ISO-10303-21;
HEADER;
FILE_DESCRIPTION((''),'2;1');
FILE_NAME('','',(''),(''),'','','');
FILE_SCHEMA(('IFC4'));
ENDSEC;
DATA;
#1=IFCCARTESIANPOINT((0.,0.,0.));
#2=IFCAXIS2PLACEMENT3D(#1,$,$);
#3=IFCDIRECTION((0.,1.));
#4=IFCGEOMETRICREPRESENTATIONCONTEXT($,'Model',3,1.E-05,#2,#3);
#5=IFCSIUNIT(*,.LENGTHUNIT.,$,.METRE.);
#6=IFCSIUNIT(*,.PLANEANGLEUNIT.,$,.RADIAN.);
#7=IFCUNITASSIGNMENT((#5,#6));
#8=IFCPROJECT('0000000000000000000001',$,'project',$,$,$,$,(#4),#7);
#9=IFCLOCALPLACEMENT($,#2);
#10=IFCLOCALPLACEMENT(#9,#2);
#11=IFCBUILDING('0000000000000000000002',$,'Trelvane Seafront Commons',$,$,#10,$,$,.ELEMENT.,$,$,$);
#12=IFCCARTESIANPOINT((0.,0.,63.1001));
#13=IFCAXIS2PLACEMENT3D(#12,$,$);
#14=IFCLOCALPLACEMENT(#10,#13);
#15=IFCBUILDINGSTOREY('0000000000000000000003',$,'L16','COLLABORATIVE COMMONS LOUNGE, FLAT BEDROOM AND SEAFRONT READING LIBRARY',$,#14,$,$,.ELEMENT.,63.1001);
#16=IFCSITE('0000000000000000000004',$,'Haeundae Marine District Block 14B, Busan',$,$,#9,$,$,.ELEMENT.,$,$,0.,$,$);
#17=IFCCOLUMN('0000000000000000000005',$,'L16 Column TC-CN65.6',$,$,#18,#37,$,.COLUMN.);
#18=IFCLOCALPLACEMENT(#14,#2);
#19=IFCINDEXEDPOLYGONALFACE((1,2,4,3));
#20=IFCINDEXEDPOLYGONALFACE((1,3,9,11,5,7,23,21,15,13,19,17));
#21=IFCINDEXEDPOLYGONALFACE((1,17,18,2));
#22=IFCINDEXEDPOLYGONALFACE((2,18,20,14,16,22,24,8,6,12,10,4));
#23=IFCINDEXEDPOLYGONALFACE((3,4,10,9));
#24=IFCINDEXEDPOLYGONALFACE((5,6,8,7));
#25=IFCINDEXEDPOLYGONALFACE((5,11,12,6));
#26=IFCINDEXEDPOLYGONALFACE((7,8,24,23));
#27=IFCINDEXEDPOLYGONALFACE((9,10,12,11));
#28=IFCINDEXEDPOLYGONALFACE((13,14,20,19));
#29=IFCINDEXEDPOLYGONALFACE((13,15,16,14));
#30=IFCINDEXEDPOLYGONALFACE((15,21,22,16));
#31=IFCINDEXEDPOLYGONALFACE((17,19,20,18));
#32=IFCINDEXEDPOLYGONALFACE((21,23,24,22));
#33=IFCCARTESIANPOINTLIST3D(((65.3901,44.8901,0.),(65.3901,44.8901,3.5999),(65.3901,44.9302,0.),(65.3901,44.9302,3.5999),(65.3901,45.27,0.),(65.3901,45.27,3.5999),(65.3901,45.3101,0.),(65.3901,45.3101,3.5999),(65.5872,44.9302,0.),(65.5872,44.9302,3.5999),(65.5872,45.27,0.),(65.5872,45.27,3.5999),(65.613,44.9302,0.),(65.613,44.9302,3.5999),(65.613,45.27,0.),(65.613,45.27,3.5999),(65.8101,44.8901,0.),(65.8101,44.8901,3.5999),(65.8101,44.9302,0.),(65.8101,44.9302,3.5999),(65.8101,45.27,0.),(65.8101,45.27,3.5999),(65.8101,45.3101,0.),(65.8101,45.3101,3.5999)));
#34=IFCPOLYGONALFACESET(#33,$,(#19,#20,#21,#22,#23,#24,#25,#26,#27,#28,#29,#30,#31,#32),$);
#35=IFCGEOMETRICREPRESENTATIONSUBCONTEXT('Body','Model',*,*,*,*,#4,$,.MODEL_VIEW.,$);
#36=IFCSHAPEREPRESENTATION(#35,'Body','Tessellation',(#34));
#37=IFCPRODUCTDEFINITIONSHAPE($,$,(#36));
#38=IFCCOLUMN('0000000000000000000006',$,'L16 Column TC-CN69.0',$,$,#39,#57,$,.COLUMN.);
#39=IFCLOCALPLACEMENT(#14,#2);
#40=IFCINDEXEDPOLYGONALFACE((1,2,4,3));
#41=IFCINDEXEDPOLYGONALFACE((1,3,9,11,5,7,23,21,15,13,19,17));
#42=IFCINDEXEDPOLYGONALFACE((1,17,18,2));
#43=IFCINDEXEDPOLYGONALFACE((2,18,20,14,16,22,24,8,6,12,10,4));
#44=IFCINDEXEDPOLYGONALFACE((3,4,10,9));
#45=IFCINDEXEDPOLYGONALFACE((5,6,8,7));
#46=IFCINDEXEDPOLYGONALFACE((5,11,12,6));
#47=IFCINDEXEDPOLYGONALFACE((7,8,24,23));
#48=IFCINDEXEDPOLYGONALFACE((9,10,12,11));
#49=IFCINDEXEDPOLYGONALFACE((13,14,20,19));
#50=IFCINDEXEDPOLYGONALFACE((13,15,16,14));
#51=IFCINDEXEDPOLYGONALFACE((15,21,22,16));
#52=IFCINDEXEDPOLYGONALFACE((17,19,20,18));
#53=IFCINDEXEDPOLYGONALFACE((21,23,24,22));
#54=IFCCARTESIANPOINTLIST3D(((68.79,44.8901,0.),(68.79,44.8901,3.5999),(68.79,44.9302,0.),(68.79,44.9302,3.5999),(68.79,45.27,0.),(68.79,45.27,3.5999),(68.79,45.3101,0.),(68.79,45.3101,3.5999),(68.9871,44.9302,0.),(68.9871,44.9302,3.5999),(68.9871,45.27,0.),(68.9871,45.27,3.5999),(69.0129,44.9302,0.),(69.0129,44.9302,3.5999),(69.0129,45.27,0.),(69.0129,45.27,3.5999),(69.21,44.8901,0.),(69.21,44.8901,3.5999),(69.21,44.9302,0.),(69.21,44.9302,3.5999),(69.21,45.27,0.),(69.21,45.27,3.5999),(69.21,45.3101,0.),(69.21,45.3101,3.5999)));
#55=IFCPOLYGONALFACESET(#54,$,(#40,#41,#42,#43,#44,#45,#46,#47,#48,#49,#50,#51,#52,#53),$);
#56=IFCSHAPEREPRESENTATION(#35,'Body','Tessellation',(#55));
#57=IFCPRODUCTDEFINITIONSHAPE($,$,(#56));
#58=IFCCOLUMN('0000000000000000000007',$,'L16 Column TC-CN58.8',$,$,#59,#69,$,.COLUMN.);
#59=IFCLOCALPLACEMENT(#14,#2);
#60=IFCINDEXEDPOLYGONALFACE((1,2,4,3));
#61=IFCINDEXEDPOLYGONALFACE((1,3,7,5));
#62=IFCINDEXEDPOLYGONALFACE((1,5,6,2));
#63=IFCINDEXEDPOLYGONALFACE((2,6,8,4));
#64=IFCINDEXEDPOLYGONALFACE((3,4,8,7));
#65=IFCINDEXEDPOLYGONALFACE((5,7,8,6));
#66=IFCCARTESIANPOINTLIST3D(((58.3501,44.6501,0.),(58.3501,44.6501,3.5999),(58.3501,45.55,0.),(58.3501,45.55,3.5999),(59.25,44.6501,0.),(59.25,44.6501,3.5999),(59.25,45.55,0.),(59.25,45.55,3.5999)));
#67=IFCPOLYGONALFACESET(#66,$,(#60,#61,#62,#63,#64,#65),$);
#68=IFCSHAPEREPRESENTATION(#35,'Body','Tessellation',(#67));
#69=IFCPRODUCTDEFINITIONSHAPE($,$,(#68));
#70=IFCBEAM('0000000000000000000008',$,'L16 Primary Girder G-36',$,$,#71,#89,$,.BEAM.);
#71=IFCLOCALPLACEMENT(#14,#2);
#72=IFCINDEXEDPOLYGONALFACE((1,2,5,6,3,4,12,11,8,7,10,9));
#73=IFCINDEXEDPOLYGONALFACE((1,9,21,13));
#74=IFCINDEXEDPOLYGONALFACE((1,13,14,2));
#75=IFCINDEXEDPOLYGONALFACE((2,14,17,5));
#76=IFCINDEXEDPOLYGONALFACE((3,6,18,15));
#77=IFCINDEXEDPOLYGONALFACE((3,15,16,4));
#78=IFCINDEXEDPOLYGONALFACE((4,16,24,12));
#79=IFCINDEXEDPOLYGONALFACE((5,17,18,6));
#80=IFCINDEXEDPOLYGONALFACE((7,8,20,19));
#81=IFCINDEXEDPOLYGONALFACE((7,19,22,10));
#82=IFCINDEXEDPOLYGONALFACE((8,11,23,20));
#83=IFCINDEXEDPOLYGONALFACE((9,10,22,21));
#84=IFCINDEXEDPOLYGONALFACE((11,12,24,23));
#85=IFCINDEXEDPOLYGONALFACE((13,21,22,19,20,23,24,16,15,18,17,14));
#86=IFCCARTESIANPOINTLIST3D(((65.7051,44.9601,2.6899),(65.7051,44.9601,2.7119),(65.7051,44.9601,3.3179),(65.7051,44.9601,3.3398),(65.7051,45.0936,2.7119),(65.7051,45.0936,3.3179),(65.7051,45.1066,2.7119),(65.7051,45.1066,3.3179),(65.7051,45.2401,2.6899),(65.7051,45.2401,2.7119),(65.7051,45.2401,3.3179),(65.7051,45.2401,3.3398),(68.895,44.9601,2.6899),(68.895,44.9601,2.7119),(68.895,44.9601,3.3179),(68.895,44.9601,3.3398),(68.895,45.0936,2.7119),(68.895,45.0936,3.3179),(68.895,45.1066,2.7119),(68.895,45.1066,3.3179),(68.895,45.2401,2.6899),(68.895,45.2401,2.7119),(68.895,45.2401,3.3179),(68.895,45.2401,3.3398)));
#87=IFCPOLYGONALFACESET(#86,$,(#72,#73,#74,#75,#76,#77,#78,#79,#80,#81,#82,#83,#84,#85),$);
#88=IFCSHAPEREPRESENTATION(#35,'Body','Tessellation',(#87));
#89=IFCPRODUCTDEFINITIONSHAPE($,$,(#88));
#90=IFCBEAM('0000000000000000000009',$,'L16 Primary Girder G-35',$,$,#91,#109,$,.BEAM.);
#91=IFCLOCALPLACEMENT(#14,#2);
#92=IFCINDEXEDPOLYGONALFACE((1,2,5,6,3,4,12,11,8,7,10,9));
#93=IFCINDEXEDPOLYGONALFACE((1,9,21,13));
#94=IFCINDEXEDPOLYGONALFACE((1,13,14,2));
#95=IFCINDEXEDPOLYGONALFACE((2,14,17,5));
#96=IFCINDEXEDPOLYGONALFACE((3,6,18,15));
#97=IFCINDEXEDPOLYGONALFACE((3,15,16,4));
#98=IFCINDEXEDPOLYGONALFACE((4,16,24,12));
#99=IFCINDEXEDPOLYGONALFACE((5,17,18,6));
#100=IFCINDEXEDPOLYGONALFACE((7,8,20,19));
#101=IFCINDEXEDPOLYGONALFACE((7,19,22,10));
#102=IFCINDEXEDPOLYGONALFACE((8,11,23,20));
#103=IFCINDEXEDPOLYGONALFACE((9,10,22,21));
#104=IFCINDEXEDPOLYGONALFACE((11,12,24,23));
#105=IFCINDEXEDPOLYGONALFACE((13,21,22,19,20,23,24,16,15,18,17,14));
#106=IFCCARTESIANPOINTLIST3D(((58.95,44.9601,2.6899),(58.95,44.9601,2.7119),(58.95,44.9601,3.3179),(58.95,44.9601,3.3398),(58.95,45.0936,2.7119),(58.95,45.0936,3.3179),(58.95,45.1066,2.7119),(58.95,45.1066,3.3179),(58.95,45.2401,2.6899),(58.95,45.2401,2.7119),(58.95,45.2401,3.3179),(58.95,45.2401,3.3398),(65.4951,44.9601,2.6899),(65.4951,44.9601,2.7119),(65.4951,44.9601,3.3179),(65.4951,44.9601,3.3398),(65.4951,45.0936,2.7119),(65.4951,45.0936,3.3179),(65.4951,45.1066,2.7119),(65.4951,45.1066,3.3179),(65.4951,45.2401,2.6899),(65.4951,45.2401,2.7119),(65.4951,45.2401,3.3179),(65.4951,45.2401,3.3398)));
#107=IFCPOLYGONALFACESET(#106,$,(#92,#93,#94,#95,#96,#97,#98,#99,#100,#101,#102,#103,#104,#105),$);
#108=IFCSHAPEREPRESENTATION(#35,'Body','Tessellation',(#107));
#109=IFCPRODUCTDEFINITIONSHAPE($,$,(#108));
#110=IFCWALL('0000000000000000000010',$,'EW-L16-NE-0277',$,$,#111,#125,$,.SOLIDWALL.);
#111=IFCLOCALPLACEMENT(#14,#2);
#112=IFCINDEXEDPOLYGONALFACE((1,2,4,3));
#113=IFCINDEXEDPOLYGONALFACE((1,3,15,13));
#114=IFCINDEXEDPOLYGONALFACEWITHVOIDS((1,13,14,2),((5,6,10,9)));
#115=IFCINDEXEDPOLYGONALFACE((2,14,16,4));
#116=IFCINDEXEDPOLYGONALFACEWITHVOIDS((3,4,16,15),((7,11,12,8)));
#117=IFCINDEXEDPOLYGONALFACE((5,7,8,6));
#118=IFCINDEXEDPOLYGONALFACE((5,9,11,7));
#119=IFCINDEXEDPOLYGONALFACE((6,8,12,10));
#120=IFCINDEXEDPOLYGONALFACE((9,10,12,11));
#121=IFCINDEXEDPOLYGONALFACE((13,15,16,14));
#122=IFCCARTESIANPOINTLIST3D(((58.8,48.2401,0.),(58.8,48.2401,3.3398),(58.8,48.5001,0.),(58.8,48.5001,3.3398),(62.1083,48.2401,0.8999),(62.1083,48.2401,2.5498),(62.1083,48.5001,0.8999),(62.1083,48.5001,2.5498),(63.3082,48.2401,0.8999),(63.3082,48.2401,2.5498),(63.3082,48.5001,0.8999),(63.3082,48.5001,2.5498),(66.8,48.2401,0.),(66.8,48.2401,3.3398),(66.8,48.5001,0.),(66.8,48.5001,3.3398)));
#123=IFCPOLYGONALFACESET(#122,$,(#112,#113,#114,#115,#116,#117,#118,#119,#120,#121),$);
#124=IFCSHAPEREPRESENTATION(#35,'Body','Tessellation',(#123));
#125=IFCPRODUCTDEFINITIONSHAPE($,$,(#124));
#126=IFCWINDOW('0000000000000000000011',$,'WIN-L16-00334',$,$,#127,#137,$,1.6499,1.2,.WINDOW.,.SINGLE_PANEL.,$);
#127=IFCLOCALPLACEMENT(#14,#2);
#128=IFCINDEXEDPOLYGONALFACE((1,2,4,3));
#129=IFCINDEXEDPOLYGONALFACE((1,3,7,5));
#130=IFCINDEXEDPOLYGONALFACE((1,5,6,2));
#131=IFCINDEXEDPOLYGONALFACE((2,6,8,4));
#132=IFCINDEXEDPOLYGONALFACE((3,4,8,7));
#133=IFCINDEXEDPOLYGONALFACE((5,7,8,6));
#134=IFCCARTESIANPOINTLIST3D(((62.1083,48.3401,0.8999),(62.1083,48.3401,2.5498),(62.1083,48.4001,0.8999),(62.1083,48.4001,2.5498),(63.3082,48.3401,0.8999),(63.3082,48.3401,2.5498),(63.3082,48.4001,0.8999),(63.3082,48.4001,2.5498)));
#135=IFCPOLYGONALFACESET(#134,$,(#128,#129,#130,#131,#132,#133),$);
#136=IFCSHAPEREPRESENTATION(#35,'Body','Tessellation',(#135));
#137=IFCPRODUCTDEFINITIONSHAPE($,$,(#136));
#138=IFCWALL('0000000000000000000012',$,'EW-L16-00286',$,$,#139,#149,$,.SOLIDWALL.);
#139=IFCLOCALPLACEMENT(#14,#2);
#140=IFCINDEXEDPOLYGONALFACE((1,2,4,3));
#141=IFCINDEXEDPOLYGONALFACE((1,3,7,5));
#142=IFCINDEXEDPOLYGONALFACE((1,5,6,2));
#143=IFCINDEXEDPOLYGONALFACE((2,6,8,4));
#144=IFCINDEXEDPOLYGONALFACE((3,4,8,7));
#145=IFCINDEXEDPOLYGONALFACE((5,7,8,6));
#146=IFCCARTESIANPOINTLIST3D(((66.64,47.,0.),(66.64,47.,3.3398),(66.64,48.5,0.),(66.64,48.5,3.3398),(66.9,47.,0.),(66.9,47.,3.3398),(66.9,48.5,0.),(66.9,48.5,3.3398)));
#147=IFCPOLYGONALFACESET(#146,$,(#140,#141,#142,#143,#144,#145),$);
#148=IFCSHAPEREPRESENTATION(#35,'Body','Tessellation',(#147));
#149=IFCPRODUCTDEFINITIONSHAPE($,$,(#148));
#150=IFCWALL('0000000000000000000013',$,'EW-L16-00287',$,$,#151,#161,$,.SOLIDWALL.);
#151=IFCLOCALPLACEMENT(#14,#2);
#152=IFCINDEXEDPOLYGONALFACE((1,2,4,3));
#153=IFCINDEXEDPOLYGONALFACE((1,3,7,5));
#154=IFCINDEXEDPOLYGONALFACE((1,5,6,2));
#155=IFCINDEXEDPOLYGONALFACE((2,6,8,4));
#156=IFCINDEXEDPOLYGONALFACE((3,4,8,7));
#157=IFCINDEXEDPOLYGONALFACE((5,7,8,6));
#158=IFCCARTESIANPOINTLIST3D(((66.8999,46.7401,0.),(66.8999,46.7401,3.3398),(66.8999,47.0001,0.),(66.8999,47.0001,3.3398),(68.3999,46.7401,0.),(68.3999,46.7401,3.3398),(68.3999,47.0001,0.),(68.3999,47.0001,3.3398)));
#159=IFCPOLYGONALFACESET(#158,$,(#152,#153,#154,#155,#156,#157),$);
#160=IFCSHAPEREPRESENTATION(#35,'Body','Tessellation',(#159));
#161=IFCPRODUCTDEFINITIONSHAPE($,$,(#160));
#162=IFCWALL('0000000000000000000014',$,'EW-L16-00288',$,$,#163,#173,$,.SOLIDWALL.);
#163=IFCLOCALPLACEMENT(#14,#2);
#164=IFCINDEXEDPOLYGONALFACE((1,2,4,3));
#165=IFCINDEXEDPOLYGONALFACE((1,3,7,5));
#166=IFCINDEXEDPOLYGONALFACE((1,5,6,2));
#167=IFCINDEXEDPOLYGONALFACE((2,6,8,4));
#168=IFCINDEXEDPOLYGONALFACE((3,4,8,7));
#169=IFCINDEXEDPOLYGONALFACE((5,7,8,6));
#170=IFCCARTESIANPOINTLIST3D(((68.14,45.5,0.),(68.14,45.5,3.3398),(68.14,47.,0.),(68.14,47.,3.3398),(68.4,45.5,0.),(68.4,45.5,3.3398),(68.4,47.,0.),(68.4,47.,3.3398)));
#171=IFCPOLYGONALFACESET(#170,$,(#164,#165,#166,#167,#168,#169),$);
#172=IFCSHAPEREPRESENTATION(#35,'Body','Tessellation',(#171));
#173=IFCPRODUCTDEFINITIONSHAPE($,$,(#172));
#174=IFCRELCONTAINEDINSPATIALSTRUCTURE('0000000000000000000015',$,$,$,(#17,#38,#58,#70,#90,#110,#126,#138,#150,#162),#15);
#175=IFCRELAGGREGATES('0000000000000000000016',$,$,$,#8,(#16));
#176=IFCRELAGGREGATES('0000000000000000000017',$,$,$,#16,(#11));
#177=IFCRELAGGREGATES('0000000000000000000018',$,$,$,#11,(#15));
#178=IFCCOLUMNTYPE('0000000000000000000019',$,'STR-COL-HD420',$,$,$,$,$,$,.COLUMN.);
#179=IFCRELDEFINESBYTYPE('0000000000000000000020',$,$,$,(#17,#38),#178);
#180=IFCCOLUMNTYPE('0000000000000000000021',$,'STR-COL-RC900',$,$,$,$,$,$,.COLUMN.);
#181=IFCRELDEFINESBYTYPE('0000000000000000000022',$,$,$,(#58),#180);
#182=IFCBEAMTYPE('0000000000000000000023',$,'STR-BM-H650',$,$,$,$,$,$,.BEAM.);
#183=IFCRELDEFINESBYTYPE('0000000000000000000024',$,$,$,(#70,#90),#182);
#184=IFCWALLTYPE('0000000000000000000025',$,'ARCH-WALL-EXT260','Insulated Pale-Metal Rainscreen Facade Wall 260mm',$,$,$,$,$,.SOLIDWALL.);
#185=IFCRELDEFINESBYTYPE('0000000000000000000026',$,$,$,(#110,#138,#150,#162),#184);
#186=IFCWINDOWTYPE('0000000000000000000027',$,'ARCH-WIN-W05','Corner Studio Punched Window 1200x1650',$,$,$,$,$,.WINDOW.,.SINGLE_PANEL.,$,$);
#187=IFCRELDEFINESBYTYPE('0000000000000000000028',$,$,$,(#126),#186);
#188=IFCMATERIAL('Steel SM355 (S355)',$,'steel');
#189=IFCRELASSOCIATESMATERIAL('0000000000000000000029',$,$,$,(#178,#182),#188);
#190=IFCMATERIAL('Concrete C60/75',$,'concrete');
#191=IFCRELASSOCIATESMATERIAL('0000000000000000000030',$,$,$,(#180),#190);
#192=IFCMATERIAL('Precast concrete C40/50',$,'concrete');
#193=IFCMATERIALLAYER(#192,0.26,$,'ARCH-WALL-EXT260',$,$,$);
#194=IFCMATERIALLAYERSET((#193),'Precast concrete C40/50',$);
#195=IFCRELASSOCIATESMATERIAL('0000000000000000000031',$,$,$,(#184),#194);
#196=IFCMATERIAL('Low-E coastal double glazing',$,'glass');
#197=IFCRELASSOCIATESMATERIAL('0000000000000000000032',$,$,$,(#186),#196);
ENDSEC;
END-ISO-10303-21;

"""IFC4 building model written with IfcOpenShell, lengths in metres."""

from ifc_helpers import new_model, si_unit, direction, frame, frame_2d, origin, origin_2d, place, context, subcontext, project, spatial, rectangle, i_section, extrude, source, transform, mapped, material, layer, layer_set, material_profile, profile_set, type_object, element, fill, save


model = new_model("IFC4")

# Units and contexts
model_context = context("Model", 3, precision=1e-05, world=origin(), true_north=direction((0.0, 1.0)))
body_context = subcontext(model_context, "Body", "Model", "MODEL_VIEW")
ifc_project = project(units=[si_unit("LENGTHUNIT", "METRE"), si_unit("PLANEANGLEUNIT", "RADIAN")], contexts=[model_context])

# Site, building, storey
site_placement = place(None, origin())
site = spatial("IfcSite", under=ifc_project, at=site_placement, Name="Haeundae Marine District Block 14B, Busan", CompositionType="ELEMENT", RefElevation=0.0)
building_placement = place(site_placement, origin())
building = spatial("IfcBuilding", under=site, at=building_placement, Name="Trelvane Seafront Commons", CompositionType="ELEMENT")
storey_placement = place(building_placement, frame((0.0, 0.0, 63.1001)))
storey = spatial("IfcBuildingStorey", under=building, at=storey_placement, Name="L16", Description="COLLABORATIVE COMMONS LOUNGE, FLAT BEDROOM AND SEAFRONT READING LIBRARY", CompositionType="ELEMENT", Elevation=63.1001)

# Columns
ifc_material_1 = material(Name="Steel SM355 (S355)", Category="steel")
ifc_material_profile_1 = material_profile(ifc_material_1, i_section(OverallWidth=0.4199, OverallDepth=0.4199, WebThickness=0.0259, FlangeThickness=0.04, at=origin_2d()), Name="HD-420x420x26x40")
ifc_profile_set_1 = profile_set([ifc_material_profile_1], Name="Steel SM355 (S355)")
column_type_1 = type_object("IfcColumnType", Name="STR-COL-HD420", PredefinedType="COLUMN", material=ifc_profile_set_1)
shared_shape_1 = source(origin(), body_context, "Body", "SweptSolid", [
    extrude(i_section(OverallWidth=0.4199, OverallDepth=0.4199, WebThickness=0.0259, FlangeThickness=0.04, at=origin_2d()), origin(), (0.0, 0.0, 1.0), 3.5999),
])
for number, where, z_axis, x_axis, name in (
    (1, (65.6001, 45.1001, 0.0), (0.0, 0.0, 1.0), (1.0, 0.0, 0.0), "L16 Column TC-CN65.6"),
    (2, (69.0, 45.1001, 0.0), (0.0, 0.0, 1.0), (1.0, 0.0, 0.0), "L16 Column TC-CN69.0"),
):
    element("IfcColumn", number, at=place(storey_placement, frame(where, z_axis=z_axis, x_axis=x_axis)), inside=storey, type_object=column_type_1, Name=name, PredefinedType="COLUMN", context=body_context, shape_type="MappedRepresentation", body=[
        mapped(shared_shape_1, transform((0.0, 0.0, 0.0), x_axis=(1.0, 0.0, 0.0), y_axis=(0.0, 1.0, 0.0), z_axis=(0.0, 0.0, 1.0), scale=1.0)),
    ])
ifc_material_2 = material(Name="Concrete C60/75", Category="concrete")
ifc_material_profile_2 = material_profile(ifc_material_2, rectangle(XDim=0.8999, YDim=0.8999, at=origin_2d()), Name="RC-900x900")
ifc_profile_set_2 = profile_set([ifc_material_profile_2], Name="Concrete C60/75")
column_type_2 = type_object("IfcColumnType", Name="STR-COL-RC900", PredefinedType="COLUMN", material=ifc_profile_set_2)
shared_shape_2 = source(origin(), body_context, "Body", "SweptSolid", [
    extrude(rectangle(XDim=0.8999, YDim=0.8999, at=origin_2d()), origin(), (0.0, 0.0, 1.0), 3.5999),
])
column_placement = place(storey_placement, frame((58.8, 45.1001, 0.0), z_axis=(0.0, 0.0, 1.0), x_axis=(1.0, 0.0, 0.0)))
element("IfcColumn", 3, at=column_placement, inside=storey, type_object=column_type_2, Name="L16 Column TC-CN58.8", PredefinedType="COLUMN", context=body_context, shape_type="MappedRepresentation", body=[
    mapped(shared_shape_2, transform((0.0, 0.0, 0.0), x_axis=(1.0, 0.0, 0.0), y_axis=(0.0, 1.0, 0.0), z_axis=(0.0, 0.0, 1.0), scale=1.0)),
])

# Beams
ifc_material_profile_3 = material_profile(ifc_material_1, i_section(OverallWidth=0.28, OverallDepth=0.6499, WebThickness=0.0129, FlangeThickness=0.022, at=origin_2d()), Name="H-650x280x13x22")
ifc_profile_set_3 = profile_set([ifc_material_profile_3], Name="Steel SM355 (S355)")
beam_type = type_object("IfcBeamType", Name="STR-BM-H650", PredefinedType="BEAM", material=ifc_profile_set_3)
shared_shape_3 = source(origin(), body_context, "Body", "SweptSolid", [
    extrude(i_section(OverallWidth=0.28, OverallDepth=0.6499, WebThickness=0.0129, FlangeThickness=0.022, at=origin_2d()), origin(), (0.0, 0.0, 1.0), 3.1899),
])
beam_1_placement = place(storey_placement, frame((65.7051, 45.1001, 3.0149), z_axis=(1.0, 0.0, 0.0), x_axis=(0.0, 1.0, 0.0)))
element("IfcBeam", 4, at=beam_1_placement, inside=storey, type_object=beam_type, Name="L16 Primary Girder G-36", PredefinedType="BEAM", context=body_context, shape_type="MappedRepresentation", body=[
    mapped(shared_shape_3, transform((0.0, 0.0, 0.0), x_axis=(1.0, 0.0, 0.0), y_axis=(0.0, 1.0, 0.0), z_axis=(0.0, 0.0, 1.0), scale=1.0)),
])
shared_shape_4 = source(origin(), body_context, "Body", "SweptSolid", [
    extrude(i_section(OverallWidth=0.28, OverallDepth=0.6499, WebThickness=0.0129, FlangeThickness=0.022, at=origin_2d()), origin(), (0.0, 0.0, 1.0), 6.5452),
])
beam_2_placement = place(storey_placement, frame((58.95, 45.1001, 3.0149), z_axis=(1.0, 0.0, 0.0), x_axis=(0.0, 1.0, 0.0)))
element("IfcBeam", 5, at=beam_2_placement, inside=storey, type_object=beam_type, Name="L16 Primary Girder G-35", PredefinedType="BEAM", context=body_context, shape_type="MappedRepresentation", body=[
    mapped(shared_shape_4, transform((0.0, 0.0, 0.0), x_axis=(1.0, 0.0, 0.0), y_axis=(0.0, 1.0, 0.0), z_axis=(0.0, 0.0, 1.0), scale=1.0)),
])

# Wall, opening, window
ifc_material_3 = material(Name="Precast concrete C40/50", Category="concrete")
ifc_layer_1 = layer(ifc_material_3, 0.26, Name="ARCH-WALL-EXT260")
ifc_layer_set_1 = layer_set([ifc_layer_1], Name="Precast concrete C40/50")
wall_type_1 = type_object("IfcWallType", Name="ARCH-WALL-EXT260", Description="Insulated Pale-Metal Rainscreen Facade Wall 260mm", PredefinedType="SOLIDWALL", material=ifc_layer_set_1)
wall_1_placement = place(storey_placement, frame((58.8, 48.3701, 0.0), z_axis=(0.0, 0.0, 1.0), x_axis=(1.0, 0.0, 0.0)))
wall_1 = element("IfcWall", 6, at=wall_1_placement, inside=storey, type_object=wall_type_1, Name="EW-L16-NE-0277", PredefinedType="SOLIDWALL", context=body_context, shape_type="SweptSolid", body=[
    extrude(rectangle(XDim=8.0, YDim=0.26, at=frame_2d((4.0, 0.0))), origin(), (0.0, 0.0, 1.0), 3.3398),
])
opening_1_placement = place(wall_1_placement, frame((3.3081, 0.0, 0.8999)))
opening_1 = element("IfcOpeningElement", 7, at=opening_1_placement, cuts=wall_1, PredefinedType="OPENING", context=body_context, shape_type="SweptSolid", body=[
    extrude(rectangle(XDim=1.2, YDim=1.6499, at=frame_2d((0.6001, 0.825))), frame((0.0, 0.1399, 0.0), z_axis=(0.0, -1.0, 0.0), x_axis=(1.0, 0.0, 0.0)), (0.0, 0.0, 1.0), 0.28),
])
ifc_material_4 = material(Name="Low-E coastal double glazing", Category="glass")
window_type_1 = type_object("IfcWindowType", Name="ARCH-WIN-W05", Description="Corner Studio Punched Window 1200x1650", PartitioningType="SINGLE_PANEL", PredefinedType="WINDOW", material=ifc_material_4)
shared_shape_5 = source(origin(), body_context, "Body", "SweptSolid", [
    extrude(rectangle(XDim=1.2, YDim=1.6499, at=frame_2d((0.6001, 0.825))), frame((0.0, 0.03, 0.0), z_axis=(0.0, -1.0, 0.0), x_axis=(1.0, 0.0, 0.0)), (0.0, 0.0, 1.0), 0.0601),
])
window_1_placement = place(opening_1_placement, origin())
window_1 = element("IfcWindow", 8, at=window_1_placement, inside=storey, type_object=window_type_1, Name="WIN-L16-00334", OverallHeight=1.6499, OverallWidth=1.2, PartitioningType="SINGLE_PANEL", PredefinedType="WINDOW", context=body_context, shape_type="MappedRepresentation", body=[
    mapped(shared_shape_5, transform((0.0, 0.0, 0.0), x_axis=(1.0, 0.0, 0.0), y_axis=(0.0, 1.0, 0.0), z_axis=(0.0, 0.0, 1.0), scale=1.0)),
])
fill(opening_1, window_1)

# Walls
for number, where, z_axis, x_axis, name in (
    (9, (66.77, 48.5, 0.0), (0.0, 0.0, 1.0), (0.0, -1.0, 0.0), "EW-L16-00286"),
    (10, (66.8999, 46.8701, 0.0), (0.0, 0.0, 1.0), (1.0, 0.0, 0.0), "EW-L16-00287"),
    (11, (68.27, 47.0, 0.0), (0.0, 0.0, 1.0), (0.0, -1.0, 0.0), "EW-L16-00288"),
):
    element("IfcWall", number, at=place(storey_placement, frame(where, z_axis=z_axis, x_axis=x_axis)), inside=storey, type_object=wall_type_1, Name=name, PredefinedType="SOLIDWALL", context=body_context, shape_type="SweptSolid", body=[
        extrude(rectangle(XDim=1.5, YDim=0.26, at=frame_2d((0.75, 0.0))), origin(), (0.0, 0.0, 1.0), 3.3398),
    ])

save(model, "model.ifc")
